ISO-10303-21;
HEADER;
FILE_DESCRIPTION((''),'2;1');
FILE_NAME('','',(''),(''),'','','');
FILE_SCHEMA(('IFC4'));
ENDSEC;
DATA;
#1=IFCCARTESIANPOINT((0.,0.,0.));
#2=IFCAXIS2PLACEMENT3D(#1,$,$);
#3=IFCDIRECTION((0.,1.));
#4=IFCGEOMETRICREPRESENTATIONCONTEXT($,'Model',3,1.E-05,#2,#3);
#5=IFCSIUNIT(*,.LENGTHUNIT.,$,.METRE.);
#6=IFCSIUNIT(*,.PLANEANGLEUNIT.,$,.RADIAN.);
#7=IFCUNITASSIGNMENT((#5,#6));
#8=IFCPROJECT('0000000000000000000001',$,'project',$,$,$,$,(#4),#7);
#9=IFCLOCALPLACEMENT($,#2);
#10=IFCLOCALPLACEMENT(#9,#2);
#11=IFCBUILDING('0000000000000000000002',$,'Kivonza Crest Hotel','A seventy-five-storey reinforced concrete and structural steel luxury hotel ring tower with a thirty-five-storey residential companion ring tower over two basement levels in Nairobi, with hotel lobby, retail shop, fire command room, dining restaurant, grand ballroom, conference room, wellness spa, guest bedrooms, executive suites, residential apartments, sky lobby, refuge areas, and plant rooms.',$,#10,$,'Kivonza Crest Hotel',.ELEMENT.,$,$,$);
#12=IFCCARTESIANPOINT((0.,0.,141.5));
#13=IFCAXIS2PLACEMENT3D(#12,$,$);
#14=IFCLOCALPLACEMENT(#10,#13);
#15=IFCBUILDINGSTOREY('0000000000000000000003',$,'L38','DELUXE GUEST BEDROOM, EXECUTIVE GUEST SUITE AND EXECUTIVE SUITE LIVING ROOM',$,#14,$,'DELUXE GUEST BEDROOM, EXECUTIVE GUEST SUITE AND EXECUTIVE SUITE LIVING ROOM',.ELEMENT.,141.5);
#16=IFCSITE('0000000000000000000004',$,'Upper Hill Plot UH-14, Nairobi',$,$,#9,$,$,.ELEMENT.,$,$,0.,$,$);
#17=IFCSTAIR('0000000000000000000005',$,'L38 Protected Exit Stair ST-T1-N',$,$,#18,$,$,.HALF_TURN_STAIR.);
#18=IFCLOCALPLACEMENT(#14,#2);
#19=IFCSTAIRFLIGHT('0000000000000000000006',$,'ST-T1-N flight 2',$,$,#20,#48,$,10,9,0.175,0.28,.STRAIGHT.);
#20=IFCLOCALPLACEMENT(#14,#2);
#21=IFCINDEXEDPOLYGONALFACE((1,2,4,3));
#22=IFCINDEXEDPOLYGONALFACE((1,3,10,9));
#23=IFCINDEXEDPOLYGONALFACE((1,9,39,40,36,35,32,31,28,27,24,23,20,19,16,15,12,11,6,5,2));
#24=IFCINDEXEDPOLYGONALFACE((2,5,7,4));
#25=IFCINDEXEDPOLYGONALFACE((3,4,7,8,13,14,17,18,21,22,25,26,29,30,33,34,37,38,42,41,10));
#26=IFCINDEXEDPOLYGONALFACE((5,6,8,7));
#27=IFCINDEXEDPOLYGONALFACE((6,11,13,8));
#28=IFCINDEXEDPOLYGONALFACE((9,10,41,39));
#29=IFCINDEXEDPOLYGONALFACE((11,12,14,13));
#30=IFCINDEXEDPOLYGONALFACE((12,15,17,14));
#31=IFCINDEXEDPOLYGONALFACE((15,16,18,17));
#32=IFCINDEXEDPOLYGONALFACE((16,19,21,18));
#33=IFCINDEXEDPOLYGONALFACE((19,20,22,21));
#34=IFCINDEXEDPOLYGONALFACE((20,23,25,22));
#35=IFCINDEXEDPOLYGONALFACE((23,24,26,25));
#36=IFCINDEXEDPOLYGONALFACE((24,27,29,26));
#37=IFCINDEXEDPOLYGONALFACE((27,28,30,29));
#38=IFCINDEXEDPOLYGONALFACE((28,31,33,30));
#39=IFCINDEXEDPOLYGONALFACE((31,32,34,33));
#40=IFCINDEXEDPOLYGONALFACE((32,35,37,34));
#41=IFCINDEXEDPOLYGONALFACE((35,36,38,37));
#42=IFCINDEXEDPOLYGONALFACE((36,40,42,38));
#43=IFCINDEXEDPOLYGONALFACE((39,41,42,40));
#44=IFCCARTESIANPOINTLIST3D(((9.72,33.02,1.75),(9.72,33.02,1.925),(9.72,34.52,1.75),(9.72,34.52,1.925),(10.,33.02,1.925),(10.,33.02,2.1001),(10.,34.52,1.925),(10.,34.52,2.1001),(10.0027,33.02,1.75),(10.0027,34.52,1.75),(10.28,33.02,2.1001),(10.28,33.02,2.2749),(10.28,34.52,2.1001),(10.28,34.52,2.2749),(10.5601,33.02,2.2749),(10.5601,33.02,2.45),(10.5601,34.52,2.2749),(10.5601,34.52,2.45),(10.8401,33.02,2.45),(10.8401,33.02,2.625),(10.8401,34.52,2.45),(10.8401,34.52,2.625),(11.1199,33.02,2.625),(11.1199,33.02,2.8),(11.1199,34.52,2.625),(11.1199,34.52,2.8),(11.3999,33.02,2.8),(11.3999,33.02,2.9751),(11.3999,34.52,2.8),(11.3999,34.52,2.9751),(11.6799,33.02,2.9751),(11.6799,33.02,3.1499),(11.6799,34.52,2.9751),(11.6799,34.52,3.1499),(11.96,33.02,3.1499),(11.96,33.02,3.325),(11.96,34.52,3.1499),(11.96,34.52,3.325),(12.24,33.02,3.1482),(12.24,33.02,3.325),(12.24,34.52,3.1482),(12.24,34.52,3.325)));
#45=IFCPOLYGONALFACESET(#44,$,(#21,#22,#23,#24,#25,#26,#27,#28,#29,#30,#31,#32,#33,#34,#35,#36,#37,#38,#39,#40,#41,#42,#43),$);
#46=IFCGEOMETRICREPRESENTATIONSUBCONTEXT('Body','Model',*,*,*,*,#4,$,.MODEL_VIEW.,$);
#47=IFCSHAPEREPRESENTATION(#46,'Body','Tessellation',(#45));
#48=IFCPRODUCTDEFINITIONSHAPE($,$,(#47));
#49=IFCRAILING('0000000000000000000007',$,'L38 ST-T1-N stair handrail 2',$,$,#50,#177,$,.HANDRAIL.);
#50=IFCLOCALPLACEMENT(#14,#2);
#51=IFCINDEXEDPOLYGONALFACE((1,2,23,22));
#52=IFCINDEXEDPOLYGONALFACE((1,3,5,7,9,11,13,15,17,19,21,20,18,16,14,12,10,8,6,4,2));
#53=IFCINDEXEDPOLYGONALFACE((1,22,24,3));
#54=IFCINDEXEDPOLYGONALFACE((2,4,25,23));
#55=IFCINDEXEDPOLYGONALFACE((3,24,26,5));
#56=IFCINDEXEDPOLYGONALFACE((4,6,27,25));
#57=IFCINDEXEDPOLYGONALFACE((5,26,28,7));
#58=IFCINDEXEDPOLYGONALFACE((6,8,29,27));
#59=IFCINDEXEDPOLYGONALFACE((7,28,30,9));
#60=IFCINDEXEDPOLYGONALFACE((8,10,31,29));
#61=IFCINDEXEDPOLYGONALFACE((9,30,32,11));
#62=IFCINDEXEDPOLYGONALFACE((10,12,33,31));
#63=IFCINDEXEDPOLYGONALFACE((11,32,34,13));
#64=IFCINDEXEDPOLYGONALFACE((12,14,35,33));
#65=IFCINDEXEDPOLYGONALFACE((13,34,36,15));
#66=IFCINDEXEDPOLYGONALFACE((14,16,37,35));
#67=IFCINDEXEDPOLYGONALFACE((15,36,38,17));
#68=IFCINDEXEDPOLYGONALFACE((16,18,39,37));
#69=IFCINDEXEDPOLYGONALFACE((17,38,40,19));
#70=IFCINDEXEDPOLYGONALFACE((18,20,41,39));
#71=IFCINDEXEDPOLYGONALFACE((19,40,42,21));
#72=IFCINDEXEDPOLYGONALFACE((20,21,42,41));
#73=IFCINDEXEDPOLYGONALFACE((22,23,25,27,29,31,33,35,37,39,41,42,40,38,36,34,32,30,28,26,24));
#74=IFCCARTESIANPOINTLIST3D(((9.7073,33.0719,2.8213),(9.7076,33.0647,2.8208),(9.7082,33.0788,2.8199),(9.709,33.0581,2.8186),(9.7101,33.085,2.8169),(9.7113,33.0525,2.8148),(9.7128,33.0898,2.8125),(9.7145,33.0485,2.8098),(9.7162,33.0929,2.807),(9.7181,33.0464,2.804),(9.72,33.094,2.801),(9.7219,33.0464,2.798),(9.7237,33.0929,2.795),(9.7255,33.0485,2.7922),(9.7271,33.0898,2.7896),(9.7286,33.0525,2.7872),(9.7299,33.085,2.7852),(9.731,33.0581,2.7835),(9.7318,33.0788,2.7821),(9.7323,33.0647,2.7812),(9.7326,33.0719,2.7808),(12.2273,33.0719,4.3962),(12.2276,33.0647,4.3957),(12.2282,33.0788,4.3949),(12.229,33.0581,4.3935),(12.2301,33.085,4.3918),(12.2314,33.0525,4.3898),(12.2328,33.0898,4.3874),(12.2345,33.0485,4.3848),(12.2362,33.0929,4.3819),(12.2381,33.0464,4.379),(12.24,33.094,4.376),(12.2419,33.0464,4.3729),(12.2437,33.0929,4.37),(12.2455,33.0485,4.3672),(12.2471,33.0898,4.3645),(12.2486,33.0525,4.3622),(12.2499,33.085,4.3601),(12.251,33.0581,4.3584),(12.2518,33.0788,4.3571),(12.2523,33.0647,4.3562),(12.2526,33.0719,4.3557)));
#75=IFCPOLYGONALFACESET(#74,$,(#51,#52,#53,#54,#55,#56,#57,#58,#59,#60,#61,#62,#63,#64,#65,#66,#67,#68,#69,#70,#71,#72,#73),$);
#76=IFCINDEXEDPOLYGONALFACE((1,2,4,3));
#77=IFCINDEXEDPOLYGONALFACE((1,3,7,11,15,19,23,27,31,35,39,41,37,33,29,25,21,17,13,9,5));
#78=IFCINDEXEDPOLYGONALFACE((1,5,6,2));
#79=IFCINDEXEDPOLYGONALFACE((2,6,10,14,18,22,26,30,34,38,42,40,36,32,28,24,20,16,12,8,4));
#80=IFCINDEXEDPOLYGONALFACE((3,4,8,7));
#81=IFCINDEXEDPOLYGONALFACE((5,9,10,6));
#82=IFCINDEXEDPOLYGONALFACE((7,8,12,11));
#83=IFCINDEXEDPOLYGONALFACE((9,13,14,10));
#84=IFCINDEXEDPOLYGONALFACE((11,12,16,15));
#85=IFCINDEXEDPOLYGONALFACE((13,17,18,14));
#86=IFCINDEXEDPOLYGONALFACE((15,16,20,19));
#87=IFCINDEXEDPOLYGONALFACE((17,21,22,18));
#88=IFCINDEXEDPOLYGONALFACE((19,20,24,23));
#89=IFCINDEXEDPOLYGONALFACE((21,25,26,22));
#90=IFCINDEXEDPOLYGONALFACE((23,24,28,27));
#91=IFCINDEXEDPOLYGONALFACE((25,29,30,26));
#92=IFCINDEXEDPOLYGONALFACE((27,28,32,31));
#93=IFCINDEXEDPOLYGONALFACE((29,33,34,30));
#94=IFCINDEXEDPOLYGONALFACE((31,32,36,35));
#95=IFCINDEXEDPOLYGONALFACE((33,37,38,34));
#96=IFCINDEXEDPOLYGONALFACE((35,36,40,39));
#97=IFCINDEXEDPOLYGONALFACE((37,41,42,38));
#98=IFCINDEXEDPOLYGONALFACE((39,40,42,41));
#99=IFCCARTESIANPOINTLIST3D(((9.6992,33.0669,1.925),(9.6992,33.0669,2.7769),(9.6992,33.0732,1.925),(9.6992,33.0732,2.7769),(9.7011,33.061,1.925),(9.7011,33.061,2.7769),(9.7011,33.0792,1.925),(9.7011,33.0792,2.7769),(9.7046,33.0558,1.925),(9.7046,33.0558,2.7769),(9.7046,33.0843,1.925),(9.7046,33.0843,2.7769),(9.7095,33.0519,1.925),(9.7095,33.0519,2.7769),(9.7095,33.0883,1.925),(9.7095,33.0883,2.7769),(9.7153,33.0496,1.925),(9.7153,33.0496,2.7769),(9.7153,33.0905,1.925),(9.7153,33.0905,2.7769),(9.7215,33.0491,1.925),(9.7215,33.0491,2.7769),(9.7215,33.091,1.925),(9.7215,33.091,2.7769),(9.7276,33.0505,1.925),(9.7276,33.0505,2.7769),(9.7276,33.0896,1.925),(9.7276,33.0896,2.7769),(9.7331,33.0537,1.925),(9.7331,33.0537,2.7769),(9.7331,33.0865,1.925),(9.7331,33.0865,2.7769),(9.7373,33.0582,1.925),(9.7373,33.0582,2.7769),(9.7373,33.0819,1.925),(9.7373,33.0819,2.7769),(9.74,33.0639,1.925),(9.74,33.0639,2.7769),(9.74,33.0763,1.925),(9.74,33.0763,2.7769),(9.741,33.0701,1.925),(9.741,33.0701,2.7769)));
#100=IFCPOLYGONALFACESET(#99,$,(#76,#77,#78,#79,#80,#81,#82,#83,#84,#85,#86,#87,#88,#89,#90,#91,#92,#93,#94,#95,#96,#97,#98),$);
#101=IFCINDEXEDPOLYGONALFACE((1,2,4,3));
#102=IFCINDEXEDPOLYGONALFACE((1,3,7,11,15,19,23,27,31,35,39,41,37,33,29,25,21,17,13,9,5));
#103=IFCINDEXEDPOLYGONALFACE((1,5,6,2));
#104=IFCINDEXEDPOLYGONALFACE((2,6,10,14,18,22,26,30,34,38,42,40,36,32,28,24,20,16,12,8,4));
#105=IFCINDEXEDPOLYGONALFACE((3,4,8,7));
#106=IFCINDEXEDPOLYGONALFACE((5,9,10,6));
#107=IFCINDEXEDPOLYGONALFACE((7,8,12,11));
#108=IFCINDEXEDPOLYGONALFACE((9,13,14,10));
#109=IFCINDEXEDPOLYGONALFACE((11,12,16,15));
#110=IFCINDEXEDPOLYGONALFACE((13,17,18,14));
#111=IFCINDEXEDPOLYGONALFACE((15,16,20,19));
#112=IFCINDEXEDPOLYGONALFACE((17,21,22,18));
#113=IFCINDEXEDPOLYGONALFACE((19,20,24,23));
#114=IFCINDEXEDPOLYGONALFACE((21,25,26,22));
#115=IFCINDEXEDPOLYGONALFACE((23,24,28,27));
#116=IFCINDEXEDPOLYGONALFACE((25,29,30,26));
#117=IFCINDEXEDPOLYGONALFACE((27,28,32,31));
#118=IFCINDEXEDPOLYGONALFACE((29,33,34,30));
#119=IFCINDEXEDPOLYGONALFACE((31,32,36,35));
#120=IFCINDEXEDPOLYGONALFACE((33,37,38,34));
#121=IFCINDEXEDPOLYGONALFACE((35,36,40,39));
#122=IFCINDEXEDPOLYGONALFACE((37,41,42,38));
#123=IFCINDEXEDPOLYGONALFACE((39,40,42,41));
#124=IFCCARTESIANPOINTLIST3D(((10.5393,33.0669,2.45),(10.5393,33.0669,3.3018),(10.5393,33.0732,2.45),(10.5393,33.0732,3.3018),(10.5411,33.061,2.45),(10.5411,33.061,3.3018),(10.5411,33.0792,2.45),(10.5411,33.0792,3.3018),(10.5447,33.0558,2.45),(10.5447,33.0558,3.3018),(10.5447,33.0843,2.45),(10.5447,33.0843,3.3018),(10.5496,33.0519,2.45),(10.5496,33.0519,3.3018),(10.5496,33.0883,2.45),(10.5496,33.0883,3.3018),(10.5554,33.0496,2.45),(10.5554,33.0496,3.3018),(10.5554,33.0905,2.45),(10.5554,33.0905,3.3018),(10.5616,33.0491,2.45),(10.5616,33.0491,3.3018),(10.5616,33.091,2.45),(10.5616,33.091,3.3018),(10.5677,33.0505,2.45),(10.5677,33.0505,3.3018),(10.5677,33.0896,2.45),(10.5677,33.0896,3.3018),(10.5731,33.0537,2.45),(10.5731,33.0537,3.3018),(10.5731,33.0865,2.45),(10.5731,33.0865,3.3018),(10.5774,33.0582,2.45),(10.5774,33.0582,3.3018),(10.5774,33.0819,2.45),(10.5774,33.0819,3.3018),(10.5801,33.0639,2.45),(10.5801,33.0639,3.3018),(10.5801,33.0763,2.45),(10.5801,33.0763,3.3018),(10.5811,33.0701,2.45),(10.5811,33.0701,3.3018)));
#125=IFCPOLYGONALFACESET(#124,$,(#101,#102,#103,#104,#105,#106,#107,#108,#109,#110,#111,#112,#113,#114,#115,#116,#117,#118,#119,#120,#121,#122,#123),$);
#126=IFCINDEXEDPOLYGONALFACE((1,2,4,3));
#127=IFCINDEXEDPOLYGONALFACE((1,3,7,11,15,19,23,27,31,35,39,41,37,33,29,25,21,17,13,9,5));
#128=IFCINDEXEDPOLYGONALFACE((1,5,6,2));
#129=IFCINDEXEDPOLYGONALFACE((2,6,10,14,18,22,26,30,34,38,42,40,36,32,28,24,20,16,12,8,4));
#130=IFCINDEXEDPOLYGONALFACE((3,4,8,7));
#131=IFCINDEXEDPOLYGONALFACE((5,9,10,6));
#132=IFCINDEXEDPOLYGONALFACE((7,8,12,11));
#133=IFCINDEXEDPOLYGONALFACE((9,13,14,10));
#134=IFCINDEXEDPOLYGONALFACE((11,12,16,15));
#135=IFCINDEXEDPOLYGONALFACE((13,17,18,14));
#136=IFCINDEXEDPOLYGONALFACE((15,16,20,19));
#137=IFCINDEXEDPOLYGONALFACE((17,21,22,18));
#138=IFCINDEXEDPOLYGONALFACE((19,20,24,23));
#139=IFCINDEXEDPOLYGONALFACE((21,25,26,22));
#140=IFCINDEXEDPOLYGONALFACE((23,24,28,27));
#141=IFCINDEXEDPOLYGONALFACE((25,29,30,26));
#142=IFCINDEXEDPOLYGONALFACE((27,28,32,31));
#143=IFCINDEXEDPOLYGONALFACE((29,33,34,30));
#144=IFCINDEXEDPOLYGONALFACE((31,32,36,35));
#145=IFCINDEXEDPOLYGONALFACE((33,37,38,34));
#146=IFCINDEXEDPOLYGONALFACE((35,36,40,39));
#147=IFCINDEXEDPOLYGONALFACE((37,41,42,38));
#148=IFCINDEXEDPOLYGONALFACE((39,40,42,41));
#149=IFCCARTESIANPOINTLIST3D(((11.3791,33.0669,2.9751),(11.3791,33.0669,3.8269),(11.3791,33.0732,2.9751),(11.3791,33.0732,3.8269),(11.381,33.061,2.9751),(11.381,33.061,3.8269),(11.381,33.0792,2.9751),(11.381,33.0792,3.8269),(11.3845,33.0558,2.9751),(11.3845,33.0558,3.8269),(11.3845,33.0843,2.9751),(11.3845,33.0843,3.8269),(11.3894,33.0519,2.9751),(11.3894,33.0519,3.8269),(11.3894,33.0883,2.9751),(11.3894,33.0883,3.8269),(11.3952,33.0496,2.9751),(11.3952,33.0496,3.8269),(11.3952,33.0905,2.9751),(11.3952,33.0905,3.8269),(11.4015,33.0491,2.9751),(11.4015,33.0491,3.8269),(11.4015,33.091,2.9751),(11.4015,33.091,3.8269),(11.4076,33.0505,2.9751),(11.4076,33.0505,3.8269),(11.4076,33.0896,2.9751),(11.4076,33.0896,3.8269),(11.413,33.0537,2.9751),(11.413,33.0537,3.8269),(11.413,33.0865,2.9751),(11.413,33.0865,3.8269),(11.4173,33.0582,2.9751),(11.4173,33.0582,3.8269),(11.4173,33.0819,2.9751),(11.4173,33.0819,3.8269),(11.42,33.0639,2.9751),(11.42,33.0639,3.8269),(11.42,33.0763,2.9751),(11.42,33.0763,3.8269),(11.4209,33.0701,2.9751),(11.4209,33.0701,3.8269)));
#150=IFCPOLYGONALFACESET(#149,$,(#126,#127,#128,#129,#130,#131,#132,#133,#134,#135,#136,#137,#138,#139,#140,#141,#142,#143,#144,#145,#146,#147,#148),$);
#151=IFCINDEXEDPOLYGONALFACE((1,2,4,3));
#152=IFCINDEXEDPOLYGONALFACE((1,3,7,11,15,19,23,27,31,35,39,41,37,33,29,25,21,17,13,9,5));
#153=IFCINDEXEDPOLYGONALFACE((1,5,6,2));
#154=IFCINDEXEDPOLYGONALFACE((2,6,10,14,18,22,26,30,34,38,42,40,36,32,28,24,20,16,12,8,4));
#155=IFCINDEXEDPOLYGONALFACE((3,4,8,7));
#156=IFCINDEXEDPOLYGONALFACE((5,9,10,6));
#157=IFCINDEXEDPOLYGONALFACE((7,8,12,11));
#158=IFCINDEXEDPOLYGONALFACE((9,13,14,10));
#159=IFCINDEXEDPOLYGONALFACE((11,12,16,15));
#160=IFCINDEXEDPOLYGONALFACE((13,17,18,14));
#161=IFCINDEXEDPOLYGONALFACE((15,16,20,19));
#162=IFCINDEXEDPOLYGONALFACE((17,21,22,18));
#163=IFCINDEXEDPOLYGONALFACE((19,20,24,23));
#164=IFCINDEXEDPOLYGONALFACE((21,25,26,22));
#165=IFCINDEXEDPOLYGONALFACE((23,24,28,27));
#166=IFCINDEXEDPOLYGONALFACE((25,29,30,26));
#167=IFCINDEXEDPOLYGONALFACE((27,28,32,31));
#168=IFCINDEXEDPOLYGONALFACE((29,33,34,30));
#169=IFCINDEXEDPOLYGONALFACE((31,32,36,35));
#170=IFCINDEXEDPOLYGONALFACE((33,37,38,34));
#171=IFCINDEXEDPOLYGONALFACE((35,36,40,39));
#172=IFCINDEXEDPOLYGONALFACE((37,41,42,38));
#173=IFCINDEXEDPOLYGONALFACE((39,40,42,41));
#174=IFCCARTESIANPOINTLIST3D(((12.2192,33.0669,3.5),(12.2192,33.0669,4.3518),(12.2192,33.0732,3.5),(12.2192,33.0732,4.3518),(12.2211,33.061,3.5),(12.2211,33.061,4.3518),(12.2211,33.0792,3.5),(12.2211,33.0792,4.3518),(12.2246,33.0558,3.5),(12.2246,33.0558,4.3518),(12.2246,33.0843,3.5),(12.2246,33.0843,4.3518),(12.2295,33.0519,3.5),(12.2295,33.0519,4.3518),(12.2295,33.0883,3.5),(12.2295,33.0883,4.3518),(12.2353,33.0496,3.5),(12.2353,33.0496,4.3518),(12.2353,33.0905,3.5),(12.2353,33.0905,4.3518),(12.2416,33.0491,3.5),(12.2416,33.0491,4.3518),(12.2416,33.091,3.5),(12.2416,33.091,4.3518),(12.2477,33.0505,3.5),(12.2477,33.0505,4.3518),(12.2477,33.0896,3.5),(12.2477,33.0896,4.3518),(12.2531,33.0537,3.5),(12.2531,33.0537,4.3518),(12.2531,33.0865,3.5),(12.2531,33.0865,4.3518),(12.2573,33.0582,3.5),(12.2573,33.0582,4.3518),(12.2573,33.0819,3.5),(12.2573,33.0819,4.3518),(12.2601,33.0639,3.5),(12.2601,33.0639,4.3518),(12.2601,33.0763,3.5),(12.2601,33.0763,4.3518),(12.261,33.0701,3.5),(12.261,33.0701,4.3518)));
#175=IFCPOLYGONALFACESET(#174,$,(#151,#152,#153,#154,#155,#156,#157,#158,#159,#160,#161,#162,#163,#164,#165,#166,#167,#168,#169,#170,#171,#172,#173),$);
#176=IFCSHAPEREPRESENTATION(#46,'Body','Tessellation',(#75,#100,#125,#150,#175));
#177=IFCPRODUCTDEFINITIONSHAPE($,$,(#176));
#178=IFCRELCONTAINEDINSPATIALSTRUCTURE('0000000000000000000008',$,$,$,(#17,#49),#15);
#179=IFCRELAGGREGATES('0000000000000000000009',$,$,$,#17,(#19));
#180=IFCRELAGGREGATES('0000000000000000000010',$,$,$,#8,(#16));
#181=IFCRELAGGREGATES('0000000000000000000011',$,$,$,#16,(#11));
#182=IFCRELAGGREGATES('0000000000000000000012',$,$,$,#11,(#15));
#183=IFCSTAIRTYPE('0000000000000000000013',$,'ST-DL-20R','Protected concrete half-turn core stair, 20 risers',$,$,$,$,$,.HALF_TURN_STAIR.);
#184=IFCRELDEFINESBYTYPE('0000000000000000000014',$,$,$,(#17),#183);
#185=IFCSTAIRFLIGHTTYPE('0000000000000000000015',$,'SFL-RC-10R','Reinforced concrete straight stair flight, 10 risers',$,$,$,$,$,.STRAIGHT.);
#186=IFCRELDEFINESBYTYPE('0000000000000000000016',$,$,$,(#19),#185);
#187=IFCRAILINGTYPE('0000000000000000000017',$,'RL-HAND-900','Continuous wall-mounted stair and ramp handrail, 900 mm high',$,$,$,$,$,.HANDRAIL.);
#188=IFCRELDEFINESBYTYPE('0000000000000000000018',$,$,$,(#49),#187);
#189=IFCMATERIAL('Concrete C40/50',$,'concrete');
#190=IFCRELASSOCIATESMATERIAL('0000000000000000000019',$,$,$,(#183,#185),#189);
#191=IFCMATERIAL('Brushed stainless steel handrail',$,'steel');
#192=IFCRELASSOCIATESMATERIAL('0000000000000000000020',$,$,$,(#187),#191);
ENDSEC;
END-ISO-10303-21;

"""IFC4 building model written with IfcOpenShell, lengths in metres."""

from ifc_helpers import new_model, si_unit, direction, frame, origin, origin_2d, place, context, subcontext, project, spatial, polyline, circle, outline, extrude, material, type_object, element, aggregate, save


model = new_model("IFC4")

# Units and contexts
model_context = context("Model", 3, precision=1e-05, world=origin(), true_north=direction((0.0, 1.0)))
body_context = subcontext(model_context, "Body", "Model", "MODEL_VIEW")
ifc_project = project(units=[si_unit("LENGTHUNIT", "METRE"), si_unit("PLANEANGLEUNIT", "RADIAN")], contexts=[model_context])

# Site, building, storey
site_placement = place(None, origin())
site = spatial("IfcSite", under=ifc_project, at=site_placement, Name="Upper Hill Plot UH-14, Nairobi", CompositionType="ELEMENT", RefElevation=0.0)
building_placement = place(site_placement, origin())
building = spatial("IfcBuilding", under=site, at=building_placement, Name="Kivonza Crest Hotel", Description="A seventy-five-storey reinforced concrete and structural steel luxury hotel ring tower with a thirty-five-storey residential companion ring tower over two basement levels in Nairobi, with hotel lobby, retail shop, fire command room, dining restaurant, grand ballroom, conference room, wellness spa, guest bedrooms, executive suites, residential apartments, sky lobby, refuge areas, and plant rooms.", LongName="Kivonza Crest Hotel", CompositionType="ELEMENT")
storey_placement = place(building_placement, frame((0.0, 0.0, 141.5)))
storey = spatial("IfcBuildingStorey", under=building, at=storey_placement, Name="L38", Description="DELUXE GUEST BEDROOM, EXECUTIVE GUEST SUITE AND EXECUTIVE SUITE LIVING ROOM", LongName="DELUXE GUEST BEDROOM, EXECUTIVE GUEST SUITE AND EXECUTIVE SUITE LIVING ROOM", CompositionType="ELEMENT", Elevation=141.5)

# Stair, stair flight
ifc_material_1 = material(Name="Concrete C40/50", Category="concrete")
stair_type = type_object("IfcStairType", Name="ST-DL-20R", Description="Protected concrete half-turn core stair, 20 risers", PredefinedType="HALF_TURN_STAIR", material=ifc_material_1)
stair_placement = place(storey_placement, origin())
stair = element("IfcStair", 1, at=stair_placement, inside=storey, type_object=stair_type, Name="L38 Protected Exit Stair ST-T1-N", PredefinedType="HALF_TURN_STAIR")
stair_flight_type = type_object("IfcStairFlightType", Name="SFL-RC-10R", Description="Reinforced concrete straight stair flight, 10 risers", PredefinedType="STRAIGHT", material=ifc_material_1)
stair_flight_placement = place(storey_placement, frame((9.72, 33.77, 1.75), z_axis=(0.0, 0.0, 1.0), x_axis=(1.0, 0.0, 0.0)))
stair_flight = element("IfcStairFlight", 2, at=stair_flight_placement, type_object=stair_flight_type, Name="ST-T1-N flight 2", NumberOfRisers=10, NumberOfTreads=9, PredefinedType="STRAIGHT", RiserHeight=0.175, TreadLength=0.28, context=body_context, shape_type="SweptSolid", body=[
    extrude(outline(polyline([(0.0, 0.0), (0.0, 0.175), (0.28, 0.175), (0.28, 0.3501), (0.5601, 0.3501), (0.5601, 0.5249), (0.8401, 0.5249), (0.8401, 0.7), (1.1201, 0.7), (1.1201, 0.875), (1.3999, 0.875), (1.3999, 1.05), (1.6799, 1.05), (1.6799, 1.2251), (1.96, 1.2251), (1.96, 1.3999), (2.24, 1.3999), (2.24, 1.575), (2.52, 1.575), (2.52, 1.75), (2.52, 1.3982), (0.2827, 0.0), (0.0, 0.0)])), frame((0.0, 0.75, 0.0), z_axis=(0.0, -1.0, 0.0), x_axis=(1.0, 0.0, 0.0)), (0.0, 0.0, 1.0), 1.5),
])
aggregate(stair, [stair_flight])

# Railing
ifc_material_2 = material(Name="Brushed stainless steel handrail", Category="steel")
railing_type_1 = type_object("IfcRailingType", Name="RL-HAND-900", Description="Continuous wall-mounted stair and ramp handrail, 900 mm high", PredefinedType="HANDRAIL", material=ifc_material_2)
railing_1_placement = place(storey_placement, frame((9.72, 33.0701, 1.925)))
element("IfcRailing", 3, at=railing_1_placement, inside=storey, type_object=railing_type_1, Name="L38 ST-T1-N stair handrail 2", PredefinedType="HANDRAIL", context=body_context, shape_type="SweptSolid", body=[
    extrude(circle(Radius=0.0239, at=origin_2d()), frame((0.0, 0.0, 0.876), z_axis=(0.848008, 0.0, 0.529984), x_axis=(0.0, 1.0, 0.0)), (0.0, 0.0, 1.0), 2.9717),
    extrude(circle(Radius=0.021, at=origin_2d()), origin(), (0.0, 0.0, 1.0), 0.8518),
    extrude(circle(Radius=0.021, at=origin_2d()), frame((0.8401, 0.0, 0.5249)), (0.0, 0.0, 1.0), 0.8518),
    extrude(circle(Radius=0.021, at=origin_2d()), frame((1.6799, 0.0, 1.05)), (0.0, 0.0, 1.0), 0.8518),
    extrude(circle(Radius=0.021, at=origin_2d()), frame((2.52, 0.0, 1.575)), (0.0, 0.0, 1.0), 0.8518),
])

save(model, "model.ifc")
